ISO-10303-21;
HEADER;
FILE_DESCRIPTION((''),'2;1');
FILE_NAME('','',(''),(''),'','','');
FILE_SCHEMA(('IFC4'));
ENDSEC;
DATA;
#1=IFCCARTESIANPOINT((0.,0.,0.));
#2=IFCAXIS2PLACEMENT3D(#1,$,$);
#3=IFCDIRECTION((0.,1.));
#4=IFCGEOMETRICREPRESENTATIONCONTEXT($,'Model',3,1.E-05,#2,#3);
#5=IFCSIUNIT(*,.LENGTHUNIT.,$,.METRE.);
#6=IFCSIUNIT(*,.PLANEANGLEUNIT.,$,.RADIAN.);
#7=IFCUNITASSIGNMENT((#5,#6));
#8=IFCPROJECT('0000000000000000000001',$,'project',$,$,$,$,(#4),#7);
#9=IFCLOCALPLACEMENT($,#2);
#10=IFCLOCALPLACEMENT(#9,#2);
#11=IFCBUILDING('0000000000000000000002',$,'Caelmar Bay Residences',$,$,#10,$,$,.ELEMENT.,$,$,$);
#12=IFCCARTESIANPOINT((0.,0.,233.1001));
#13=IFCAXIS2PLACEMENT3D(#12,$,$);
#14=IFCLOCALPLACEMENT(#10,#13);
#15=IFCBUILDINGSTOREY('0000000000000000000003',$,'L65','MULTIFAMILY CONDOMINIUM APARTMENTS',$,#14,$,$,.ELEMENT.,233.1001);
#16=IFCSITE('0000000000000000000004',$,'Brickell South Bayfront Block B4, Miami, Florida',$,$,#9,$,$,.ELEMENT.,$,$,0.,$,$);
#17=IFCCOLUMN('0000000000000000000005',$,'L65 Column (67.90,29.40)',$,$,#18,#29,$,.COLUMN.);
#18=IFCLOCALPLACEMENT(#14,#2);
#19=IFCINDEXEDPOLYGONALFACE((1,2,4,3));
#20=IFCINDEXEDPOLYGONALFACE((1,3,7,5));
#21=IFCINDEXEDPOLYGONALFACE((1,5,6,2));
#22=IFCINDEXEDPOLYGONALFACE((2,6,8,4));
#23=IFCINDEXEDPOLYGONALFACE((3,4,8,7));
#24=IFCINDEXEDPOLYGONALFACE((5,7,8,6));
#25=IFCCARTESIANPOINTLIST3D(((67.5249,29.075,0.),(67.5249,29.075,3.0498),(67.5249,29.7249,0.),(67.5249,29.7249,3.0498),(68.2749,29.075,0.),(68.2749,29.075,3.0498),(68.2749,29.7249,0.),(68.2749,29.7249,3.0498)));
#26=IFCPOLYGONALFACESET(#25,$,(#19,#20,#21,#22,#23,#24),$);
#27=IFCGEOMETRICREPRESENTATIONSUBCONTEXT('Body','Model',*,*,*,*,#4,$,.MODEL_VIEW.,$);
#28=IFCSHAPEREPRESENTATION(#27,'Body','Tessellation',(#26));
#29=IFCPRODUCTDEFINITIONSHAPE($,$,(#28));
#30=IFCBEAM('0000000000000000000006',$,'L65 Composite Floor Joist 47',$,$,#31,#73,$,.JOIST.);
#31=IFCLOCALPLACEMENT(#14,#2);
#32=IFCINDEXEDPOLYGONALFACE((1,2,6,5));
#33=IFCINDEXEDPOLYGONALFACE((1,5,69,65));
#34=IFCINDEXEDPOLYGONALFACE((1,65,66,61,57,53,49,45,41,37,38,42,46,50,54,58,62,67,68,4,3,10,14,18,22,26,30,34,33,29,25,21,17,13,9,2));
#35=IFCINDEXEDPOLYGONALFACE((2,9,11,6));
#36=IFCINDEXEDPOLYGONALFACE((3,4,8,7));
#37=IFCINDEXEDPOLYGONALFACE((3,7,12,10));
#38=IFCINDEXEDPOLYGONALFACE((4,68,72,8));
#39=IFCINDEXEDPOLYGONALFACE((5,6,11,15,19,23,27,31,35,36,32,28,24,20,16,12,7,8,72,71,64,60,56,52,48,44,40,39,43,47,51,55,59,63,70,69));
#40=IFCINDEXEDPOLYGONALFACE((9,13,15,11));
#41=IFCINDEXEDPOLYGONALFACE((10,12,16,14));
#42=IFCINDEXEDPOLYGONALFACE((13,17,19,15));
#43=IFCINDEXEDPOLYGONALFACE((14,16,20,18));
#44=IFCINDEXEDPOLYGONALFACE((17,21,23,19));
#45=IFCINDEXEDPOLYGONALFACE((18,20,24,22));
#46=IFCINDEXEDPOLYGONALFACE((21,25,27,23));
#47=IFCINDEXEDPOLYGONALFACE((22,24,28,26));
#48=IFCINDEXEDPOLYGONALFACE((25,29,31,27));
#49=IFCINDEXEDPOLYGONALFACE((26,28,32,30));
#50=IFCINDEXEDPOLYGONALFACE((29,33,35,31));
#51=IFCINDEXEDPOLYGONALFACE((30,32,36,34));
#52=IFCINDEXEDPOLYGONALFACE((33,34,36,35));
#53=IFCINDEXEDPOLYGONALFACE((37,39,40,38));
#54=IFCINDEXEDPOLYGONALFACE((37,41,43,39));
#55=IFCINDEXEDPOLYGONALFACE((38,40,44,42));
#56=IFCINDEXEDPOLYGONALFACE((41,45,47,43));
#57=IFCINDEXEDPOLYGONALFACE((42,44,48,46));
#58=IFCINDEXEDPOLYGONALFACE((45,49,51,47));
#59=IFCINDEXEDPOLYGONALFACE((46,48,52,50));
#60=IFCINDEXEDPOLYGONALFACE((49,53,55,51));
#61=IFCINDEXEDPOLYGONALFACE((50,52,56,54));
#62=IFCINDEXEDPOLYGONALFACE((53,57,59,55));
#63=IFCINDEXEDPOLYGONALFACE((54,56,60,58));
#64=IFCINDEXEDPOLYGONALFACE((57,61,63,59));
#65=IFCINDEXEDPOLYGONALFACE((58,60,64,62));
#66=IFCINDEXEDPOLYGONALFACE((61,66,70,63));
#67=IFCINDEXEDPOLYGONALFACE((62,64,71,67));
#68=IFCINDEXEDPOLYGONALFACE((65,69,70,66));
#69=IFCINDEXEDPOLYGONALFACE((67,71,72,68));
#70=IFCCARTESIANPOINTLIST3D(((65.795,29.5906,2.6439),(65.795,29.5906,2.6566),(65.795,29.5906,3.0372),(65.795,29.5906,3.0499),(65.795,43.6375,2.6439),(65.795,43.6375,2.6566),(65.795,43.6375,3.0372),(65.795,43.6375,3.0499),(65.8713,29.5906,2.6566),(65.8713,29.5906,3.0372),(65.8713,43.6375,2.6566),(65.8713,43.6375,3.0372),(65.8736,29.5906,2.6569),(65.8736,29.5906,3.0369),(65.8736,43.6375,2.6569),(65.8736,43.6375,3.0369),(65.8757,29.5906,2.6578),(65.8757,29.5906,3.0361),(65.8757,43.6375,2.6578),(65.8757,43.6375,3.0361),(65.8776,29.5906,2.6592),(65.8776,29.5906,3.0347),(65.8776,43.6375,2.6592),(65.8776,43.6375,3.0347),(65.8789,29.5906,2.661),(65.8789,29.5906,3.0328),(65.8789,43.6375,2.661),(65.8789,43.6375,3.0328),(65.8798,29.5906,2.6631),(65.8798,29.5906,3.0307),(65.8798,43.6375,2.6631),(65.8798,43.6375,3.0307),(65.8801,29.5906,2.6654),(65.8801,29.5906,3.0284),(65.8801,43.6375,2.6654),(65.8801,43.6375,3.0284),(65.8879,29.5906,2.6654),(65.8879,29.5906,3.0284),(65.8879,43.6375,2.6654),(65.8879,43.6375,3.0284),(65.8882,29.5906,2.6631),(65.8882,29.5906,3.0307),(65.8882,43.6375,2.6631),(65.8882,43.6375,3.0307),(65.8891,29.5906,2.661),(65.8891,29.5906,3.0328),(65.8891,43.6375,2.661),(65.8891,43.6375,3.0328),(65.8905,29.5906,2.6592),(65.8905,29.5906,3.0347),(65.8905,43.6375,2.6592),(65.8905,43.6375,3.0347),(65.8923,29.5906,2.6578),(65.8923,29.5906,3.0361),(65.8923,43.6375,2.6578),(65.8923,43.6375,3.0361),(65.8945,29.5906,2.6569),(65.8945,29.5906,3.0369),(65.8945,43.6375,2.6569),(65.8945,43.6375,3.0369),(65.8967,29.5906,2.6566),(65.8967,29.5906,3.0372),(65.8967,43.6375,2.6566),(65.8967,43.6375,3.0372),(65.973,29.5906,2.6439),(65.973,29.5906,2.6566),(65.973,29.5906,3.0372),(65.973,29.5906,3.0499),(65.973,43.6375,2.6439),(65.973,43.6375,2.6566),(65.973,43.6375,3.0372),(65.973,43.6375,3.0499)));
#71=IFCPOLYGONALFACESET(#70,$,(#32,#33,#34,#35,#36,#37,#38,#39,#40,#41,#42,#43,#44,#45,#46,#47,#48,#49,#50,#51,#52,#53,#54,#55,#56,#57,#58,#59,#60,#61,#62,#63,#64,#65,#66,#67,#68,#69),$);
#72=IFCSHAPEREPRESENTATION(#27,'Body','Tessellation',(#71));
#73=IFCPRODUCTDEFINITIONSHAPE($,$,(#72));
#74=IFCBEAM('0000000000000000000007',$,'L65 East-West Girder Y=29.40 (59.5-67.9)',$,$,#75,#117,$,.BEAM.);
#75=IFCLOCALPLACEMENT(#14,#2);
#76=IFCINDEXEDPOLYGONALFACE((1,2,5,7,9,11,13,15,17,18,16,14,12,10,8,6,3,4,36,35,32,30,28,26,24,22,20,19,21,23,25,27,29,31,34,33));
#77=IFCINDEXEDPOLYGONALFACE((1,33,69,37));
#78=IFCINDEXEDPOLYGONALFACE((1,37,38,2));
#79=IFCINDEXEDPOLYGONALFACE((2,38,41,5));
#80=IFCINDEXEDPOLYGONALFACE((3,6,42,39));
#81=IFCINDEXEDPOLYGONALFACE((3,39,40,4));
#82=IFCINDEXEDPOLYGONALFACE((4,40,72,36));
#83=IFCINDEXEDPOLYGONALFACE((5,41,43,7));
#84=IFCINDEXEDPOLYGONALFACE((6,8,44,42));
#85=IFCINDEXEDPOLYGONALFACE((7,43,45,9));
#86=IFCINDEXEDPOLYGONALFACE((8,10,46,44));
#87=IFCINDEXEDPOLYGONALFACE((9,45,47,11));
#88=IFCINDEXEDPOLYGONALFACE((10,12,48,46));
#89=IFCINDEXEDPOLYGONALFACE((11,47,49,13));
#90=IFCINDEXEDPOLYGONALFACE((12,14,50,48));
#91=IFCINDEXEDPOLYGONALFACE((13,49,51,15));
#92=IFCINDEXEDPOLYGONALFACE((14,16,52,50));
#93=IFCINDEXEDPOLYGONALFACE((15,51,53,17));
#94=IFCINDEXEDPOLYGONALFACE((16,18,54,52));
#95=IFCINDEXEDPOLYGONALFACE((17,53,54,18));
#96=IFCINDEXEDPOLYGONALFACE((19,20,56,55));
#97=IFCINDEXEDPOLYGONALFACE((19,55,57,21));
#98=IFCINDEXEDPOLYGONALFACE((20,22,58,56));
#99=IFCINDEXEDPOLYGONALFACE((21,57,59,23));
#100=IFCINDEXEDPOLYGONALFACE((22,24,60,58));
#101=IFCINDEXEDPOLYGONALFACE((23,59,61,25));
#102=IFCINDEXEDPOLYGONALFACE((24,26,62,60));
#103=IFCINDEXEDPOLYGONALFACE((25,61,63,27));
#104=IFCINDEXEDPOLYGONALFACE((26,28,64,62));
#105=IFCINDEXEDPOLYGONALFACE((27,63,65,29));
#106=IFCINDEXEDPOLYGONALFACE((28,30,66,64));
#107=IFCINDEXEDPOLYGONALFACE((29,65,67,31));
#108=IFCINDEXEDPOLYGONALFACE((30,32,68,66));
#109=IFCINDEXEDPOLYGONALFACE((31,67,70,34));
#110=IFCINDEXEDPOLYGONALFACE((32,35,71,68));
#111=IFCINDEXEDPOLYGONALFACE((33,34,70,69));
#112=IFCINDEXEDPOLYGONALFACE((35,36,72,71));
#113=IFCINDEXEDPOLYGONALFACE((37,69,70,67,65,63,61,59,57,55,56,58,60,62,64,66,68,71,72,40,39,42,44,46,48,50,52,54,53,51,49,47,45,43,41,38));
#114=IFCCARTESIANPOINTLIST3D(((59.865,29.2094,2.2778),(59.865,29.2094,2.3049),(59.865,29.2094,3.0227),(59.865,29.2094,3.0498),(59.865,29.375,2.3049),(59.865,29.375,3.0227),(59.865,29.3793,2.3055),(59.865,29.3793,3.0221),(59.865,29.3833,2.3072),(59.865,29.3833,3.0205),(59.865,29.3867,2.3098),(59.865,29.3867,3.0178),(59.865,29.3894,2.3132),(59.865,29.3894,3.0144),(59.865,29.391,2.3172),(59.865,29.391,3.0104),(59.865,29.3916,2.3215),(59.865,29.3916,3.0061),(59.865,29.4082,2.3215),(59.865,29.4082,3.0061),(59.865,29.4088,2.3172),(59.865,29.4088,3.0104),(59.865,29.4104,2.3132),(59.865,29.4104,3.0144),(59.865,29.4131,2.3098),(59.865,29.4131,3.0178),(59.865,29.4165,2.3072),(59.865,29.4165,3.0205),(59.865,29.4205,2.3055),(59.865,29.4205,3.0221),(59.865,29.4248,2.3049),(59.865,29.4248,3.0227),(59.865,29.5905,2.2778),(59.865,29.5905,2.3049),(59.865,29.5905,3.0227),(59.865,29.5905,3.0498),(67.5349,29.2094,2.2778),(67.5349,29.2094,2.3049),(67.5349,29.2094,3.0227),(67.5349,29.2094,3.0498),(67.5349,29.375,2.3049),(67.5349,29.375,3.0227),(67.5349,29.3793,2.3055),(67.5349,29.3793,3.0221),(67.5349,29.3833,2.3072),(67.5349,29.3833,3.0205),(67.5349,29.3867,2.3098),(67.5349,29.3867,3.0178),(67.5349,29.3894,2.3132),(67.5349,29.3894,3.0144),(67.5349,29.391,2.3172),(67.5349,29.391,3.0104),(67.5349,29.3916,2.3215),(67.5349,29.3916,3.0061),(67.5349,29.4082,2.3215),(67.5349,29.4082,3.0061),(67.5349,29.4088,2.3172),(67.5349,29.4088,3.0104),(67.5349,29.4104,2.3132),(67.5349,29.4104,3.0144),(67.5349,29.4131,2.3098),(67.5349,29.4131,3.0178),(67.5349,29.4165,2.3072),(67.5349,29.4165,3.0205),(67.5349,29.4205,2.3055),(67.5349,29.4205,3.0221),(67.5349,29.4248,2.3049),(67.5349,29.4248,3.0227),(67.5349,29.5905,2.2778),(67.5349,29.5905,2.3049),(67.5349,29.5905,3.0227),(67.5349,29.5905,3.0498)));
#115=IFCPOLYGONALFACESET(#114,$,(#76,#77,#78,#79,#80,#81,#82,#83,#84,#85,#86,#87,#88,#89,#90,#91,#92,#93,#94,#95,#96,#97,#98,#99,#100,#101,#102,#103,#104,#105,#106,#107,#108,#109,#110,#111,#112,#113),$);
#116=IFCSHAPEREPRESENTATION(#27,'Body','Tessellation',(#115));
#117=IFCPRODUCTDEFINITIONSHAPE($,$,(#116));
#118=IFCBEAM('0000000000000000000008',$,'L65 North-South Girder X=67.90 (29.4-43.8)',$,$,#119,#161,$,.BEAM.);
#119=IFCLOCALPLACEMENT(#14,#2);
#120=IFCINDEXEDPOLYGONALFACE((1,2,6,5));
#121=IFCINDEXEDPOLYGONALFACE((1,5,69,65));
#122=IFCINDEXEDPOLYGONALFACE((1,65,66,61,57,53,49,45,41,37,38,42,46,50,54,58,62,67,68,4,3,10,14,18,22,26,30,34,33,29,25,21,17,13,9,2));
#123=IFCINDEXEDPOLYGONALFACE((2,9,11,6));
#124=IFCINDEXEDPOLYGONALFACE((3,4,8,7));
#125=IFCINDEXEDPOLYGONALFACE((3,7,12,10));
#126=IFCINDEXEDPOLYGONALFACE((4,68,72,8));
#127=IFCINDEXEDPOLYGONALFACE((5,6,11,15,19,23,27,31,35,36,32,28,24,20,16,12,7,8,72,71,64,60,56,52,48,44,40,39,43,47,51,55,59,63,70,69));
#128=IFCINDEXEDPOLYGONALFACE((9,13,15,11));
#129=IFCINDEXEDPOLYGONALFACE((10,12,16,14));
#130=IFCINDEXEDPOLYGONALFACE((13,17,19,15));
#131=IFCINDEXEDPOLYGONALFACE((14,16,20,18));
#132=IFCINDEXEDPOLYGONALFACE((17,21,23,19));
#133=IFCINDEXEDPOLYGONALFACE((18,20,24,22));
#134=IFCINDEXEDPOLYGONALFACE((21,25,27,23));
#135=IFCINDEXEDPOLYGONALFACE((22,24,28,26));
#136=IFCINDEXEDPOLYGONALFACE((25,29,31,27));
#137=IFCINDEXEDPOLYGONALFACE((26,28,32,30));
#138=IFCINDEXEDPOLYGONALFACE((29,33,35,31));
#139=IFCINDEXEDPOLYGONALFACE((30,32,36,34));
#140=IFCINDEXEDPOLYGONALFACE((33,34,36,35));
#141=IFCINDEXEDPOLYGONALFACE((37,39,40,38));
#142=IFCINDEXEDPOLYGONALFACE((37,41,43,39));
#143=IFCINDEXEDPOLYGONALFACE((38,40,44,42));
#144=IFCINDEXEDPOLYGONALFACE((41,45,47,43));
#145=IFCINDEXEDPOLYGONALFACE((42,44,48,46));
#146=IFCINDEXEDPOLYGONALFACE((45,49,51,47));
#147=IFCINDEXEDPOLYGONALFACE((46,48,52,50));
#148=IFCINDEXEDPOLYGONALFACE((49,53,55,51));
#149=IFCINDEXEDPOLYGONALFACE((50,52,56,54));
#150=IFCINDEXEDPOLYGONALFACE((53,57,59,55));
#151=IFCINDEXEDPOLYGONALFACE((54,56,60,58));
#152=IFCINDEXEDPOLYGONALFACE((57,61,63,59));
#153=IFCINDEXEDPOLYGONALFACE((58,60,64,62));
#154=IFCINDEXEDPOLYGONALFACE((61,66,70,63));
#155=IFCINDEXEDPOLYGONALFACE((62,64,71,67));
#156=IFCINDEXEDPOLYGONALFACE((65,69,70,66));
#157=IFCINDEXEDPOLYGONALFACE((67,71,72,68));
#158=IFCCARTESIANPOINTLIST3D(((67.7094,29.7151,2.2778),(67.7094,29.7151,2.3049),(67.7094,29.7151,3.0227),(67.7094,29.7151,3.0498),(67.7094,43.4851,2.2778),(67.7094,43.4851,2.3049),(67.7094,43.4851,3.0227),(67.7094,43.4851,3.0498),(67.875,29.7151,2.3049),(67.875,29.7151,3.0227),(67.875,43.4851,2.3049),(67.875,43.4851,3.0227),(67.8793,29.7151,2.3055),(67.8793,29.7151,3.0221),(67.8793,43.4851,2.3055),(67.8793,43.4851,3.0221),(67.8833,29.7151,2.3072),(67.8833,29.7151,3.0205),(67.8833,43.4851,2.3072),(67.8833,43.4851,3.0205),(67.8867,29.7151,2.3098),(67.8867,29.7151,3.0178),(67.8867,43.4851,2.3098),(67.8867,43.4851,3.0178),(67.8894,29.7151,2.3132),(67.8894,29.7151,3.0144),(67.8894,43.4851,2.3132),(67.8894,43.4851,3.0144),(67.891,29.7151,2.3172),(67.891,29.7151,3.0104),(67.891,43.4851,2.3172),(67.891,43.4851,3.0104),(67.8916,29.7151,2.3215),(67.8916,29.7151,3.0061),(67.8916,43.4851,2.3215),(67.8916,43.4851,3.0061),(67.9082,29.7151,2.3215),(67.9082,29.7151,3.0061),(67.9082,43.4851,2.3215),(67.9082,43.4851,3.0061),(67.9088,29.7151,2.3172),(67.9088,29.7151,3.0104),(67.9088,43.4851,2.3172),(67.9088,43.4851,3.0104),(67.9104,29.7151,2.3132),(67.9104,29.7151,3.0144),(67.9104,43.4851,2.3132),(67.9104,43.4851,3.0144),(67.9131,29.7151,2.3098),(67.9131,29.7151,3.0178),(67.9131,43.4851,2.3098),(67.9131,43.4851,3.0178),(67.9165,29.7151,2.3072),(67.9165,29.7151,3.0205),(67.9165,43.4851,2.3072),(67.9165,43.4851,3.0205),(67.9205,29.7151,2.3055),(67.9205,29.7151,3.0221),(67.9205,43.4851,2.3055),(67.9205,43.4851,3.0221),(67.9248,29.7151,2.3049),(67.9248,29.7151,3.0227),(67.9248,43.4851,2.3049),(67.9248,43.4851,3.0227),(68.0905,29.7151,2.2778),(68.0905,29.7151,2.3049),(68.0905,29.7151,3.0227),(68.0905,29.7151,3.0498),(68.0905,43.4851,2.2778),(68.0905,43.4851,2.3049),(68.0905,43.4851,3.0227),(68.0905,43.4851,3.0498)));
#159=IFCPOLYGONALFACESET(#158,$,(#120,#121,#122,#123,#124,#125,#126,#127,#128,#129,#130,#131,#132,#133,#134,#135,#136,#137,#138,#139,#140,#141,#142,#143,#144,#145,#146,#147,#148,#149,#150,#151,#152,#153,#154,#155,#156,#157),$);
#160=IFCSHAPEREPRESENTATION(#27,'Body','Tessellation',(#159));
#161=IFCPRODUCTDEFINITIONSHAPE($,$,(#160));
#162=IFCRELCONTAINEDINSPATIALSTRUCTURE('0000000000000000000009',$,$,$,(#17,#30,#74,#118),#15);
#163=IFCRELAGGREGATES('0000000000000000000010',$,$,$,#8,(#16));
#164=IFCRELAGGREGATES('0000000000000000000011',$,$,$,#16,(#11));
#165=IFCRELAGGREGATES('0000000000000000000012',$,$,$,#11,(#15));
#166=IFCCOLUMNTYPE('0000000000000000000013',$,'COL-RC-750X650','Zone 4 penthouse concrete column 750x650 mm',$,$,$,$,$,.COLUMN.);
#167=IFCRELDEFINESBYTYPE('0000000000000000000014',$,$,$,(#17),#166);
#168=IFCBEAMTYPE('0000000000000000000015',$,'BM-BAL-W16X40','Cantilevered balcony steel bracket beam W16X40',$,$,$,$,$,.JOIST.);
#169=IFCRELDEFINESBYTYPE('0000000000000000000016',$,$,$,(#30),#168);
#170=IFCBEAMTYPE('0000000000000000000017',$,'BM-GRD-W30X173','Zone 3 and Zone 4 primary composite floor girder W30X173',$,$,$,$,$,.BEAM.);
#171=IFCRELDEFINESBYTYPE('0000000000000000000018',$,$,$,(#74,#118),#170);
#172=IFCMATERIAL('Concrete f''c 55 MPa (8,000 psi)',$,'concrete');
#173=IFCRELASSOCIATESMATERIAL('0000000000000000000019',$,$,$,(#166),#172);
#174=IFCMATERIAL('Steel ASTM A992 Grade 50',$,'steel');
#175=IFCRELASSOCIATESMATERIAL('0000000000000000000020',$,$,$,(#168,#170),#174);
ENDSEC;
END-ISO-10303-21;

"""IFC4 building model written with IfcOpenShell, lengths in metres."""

from ifc_helpers import new_model, si_unit, direction, frame, origin, origin_2d, place, context, subcontext, project, spatial, rectangle, i_section, extrude, material, material_profile, profile_set, type_object, element, save


model = new_model("IFC4")

# Units and contexts
model_context = context("Model", 3, precision=1e-05, world=origin(), true_north=direction((0.0, 1.0)))
body_context = subcontext(model_context, "Body", "Model", "MODEL_VIEW")
ifc_project = project(units=[si_unit("LENGTHUNIT", "METRE"), si_unit("PLANEANGLEUNIT", "RADIAN")], contexts=[model_context])

# Site, building, storey
site_placement = place(None, origin())
site = spatial("IfcSite", under=ifc_project, at=site_placement, Name="Brickell South Bayfront Block B4, Miami, Florida", CompositionType="ELEMENT", RefElevation=0.0)
building_placement = place(site_placement, origin())
building = spatial("IfcBuilding", under=site, at=building_placement, Name="Caelmar Bay Residences", CompositionType="ELEMENT")
storey_placement = place(building_placement, frame((0.0, 0.0, 233.1001)))
storey = spatial("IfcBuildingStorey", under=building, at=storey_placement, Name="L65", Description="MULTIFAMILY CONDOMINIUM APARTMENTS", CompositionType="ELEMENT", Elevation=233.1001)

# Column
ifc_material_1 = material(Name="Concrete f'c 55 MPa (8,000 psi)", Category="concrete")
ifc_material_profile_1 = material_profile(ifc_material_1, rectangle(XDim=0.75, YDim=0.6499, at=origin_2d()), Name="RC-COL-750X650")
ifc_profile_set_1 = profile_set([ifc_material_profile_1], Name="Concrete f'c 55 MPa (8,000 psi)")
column_type = type_object("IfcColumnType", Name="COL-RC-750X650", Description="Zone 4 penthouse concrete column 750x650 mm", PredefinedType="COLUMN", material=ifc_profile_set_1)
column_placement = place(storey_placement, frame((67.8999, 29.3999, 0.0), z_axis=(0.0, 0.0, 1.0), x_axis=(1.0, 0.0, 0.0)))
element("IfcColumn", 1, at=column_placement, inside=storey, type_object=column_type, Name="L65 Column (67.90,29.40)", PredefinedType="COLUMN", context=body_context, shape_type="SweptSolid", body=[
    extrude(rectangle(XDim=0.75, YDim=0.6499, at=origin_2d()), origin(), (0.0, 0.0, 1.0), 3.0498),
])

# Beams
ifc_material_2 = material(Name="Steel ASTM A992 Grade 50", Category="steel")
ifc_material_profile_2 = material_profile(ifc_material_2, i_section(OverallWidth=0.178, OverallDepth=0.406, WebThickness=0.0078, FlangeThickness=0.0127, FilletRadius=0.0088, at=origin_2d()), Name="W16X40")
ifc_profile_set_2 = profile_set([ifc_material_profile_2], Name="Steel ASTM A992 Grade 50")
beam_type_1 = type_object("IfcBeamType", Name="BM-BAL-W16X40", Description="Cantilevered balcony steel bracket beam W16X40", PredefinedType="JOIST", material=ifc_profile_set_2)
beam_1_placement = place(storey_placement, frame((65.884, 29.5906, 2.8469), z_axis=(0.0, 1.0, 0.0), x_axis=(-1.0, 0.0, 0.0)))
element("IfcBeam", 2, at=beam_1_placement, inside=storey, type_object=beam_type_1, Name="L65 Composite Floor Joist 47", PredefinedType="JOIST", context=body_context, shape_type="SweptSolid", body=[
    extrude(i_section(OverallWidth=0.178, OverallDepth=0.406, WebThickness=0.0078, FlangeThickness=0.0127, FilletRadius=0.0088, at=origin_2d()), origin(), (0.0, 0.0, 1.0), 14.0469),
])
ifc_material_profile_3 = material_profile(ifc_material_2, i_section(OverallWidth=0.3811, OverallDepth=0.772, WebThickness=0.0166, FlangeThickness=0.0271, FilletRadius=0.0166, at=origin_2d()), Name="W30X173")
ifc_profile_set_3 = profile_set([ifc_material_profile_3], Name="Steel ASTM A992 Grade 50")
beam_type_2 = type_object("IfcBeamType", Name="BM-GRD-W30X173", Description="Zone 3 and Zone 4 primary composite floor girder W30X173", PredefinedType="BEAM", material=ifc_profile_set_3)
beam_2_placement = place(storey_placement, frame((59.865, 29.3999, 2.6638), z_axis=(1.0, 0.0, 0.0), x_axis=(0.0, 1.0, 0.0)))
element("IfcBeam", 3, at=beam_2_placement, inside=storey, type_object=beam_type_2, Name="L65 East-West Girder Y=29.40 (59.5-67.9)", PredefinedType="BEAM", context=body_context, shape_type="SweptSolid", body=[
    extrude(i_section(OverallWidth=0.3811, OverallDepth=0.772, WebThickness=0.0166, FlangeThickness=0.0271, FilletRadius=0.0166, at=origin_2d()), origin(), (0.0, 0.0, 1.0), 7.6699),
])
beam_3_placement = place(storey_placement, frame((67.8999, 29.7151, 2.6638), z_axis=(0.0, 1.0, 0.0), x_axis=(-1.0, 0.0, 0.0)))
element("IfcBeam", 4, at=beam_3_placement, inside=storey, type_object=beam_type_2, Name="L65 North-South Girder X=67.90 (29.4-43.8)", PredefinedType="BEAM", context=body_context, shape_type="SweptSolid", body=[
    extrude(i_section(OverallWidth=0.3811, OverallDepth=0.772, WebThickness=0.0166, FlangeThickness=0.0271, FilletRadius=0.0166, at=origin_2d()), origin(), (0.0, 0.0, 1.0), 13.77),
])

save(model, "model.ifc")
